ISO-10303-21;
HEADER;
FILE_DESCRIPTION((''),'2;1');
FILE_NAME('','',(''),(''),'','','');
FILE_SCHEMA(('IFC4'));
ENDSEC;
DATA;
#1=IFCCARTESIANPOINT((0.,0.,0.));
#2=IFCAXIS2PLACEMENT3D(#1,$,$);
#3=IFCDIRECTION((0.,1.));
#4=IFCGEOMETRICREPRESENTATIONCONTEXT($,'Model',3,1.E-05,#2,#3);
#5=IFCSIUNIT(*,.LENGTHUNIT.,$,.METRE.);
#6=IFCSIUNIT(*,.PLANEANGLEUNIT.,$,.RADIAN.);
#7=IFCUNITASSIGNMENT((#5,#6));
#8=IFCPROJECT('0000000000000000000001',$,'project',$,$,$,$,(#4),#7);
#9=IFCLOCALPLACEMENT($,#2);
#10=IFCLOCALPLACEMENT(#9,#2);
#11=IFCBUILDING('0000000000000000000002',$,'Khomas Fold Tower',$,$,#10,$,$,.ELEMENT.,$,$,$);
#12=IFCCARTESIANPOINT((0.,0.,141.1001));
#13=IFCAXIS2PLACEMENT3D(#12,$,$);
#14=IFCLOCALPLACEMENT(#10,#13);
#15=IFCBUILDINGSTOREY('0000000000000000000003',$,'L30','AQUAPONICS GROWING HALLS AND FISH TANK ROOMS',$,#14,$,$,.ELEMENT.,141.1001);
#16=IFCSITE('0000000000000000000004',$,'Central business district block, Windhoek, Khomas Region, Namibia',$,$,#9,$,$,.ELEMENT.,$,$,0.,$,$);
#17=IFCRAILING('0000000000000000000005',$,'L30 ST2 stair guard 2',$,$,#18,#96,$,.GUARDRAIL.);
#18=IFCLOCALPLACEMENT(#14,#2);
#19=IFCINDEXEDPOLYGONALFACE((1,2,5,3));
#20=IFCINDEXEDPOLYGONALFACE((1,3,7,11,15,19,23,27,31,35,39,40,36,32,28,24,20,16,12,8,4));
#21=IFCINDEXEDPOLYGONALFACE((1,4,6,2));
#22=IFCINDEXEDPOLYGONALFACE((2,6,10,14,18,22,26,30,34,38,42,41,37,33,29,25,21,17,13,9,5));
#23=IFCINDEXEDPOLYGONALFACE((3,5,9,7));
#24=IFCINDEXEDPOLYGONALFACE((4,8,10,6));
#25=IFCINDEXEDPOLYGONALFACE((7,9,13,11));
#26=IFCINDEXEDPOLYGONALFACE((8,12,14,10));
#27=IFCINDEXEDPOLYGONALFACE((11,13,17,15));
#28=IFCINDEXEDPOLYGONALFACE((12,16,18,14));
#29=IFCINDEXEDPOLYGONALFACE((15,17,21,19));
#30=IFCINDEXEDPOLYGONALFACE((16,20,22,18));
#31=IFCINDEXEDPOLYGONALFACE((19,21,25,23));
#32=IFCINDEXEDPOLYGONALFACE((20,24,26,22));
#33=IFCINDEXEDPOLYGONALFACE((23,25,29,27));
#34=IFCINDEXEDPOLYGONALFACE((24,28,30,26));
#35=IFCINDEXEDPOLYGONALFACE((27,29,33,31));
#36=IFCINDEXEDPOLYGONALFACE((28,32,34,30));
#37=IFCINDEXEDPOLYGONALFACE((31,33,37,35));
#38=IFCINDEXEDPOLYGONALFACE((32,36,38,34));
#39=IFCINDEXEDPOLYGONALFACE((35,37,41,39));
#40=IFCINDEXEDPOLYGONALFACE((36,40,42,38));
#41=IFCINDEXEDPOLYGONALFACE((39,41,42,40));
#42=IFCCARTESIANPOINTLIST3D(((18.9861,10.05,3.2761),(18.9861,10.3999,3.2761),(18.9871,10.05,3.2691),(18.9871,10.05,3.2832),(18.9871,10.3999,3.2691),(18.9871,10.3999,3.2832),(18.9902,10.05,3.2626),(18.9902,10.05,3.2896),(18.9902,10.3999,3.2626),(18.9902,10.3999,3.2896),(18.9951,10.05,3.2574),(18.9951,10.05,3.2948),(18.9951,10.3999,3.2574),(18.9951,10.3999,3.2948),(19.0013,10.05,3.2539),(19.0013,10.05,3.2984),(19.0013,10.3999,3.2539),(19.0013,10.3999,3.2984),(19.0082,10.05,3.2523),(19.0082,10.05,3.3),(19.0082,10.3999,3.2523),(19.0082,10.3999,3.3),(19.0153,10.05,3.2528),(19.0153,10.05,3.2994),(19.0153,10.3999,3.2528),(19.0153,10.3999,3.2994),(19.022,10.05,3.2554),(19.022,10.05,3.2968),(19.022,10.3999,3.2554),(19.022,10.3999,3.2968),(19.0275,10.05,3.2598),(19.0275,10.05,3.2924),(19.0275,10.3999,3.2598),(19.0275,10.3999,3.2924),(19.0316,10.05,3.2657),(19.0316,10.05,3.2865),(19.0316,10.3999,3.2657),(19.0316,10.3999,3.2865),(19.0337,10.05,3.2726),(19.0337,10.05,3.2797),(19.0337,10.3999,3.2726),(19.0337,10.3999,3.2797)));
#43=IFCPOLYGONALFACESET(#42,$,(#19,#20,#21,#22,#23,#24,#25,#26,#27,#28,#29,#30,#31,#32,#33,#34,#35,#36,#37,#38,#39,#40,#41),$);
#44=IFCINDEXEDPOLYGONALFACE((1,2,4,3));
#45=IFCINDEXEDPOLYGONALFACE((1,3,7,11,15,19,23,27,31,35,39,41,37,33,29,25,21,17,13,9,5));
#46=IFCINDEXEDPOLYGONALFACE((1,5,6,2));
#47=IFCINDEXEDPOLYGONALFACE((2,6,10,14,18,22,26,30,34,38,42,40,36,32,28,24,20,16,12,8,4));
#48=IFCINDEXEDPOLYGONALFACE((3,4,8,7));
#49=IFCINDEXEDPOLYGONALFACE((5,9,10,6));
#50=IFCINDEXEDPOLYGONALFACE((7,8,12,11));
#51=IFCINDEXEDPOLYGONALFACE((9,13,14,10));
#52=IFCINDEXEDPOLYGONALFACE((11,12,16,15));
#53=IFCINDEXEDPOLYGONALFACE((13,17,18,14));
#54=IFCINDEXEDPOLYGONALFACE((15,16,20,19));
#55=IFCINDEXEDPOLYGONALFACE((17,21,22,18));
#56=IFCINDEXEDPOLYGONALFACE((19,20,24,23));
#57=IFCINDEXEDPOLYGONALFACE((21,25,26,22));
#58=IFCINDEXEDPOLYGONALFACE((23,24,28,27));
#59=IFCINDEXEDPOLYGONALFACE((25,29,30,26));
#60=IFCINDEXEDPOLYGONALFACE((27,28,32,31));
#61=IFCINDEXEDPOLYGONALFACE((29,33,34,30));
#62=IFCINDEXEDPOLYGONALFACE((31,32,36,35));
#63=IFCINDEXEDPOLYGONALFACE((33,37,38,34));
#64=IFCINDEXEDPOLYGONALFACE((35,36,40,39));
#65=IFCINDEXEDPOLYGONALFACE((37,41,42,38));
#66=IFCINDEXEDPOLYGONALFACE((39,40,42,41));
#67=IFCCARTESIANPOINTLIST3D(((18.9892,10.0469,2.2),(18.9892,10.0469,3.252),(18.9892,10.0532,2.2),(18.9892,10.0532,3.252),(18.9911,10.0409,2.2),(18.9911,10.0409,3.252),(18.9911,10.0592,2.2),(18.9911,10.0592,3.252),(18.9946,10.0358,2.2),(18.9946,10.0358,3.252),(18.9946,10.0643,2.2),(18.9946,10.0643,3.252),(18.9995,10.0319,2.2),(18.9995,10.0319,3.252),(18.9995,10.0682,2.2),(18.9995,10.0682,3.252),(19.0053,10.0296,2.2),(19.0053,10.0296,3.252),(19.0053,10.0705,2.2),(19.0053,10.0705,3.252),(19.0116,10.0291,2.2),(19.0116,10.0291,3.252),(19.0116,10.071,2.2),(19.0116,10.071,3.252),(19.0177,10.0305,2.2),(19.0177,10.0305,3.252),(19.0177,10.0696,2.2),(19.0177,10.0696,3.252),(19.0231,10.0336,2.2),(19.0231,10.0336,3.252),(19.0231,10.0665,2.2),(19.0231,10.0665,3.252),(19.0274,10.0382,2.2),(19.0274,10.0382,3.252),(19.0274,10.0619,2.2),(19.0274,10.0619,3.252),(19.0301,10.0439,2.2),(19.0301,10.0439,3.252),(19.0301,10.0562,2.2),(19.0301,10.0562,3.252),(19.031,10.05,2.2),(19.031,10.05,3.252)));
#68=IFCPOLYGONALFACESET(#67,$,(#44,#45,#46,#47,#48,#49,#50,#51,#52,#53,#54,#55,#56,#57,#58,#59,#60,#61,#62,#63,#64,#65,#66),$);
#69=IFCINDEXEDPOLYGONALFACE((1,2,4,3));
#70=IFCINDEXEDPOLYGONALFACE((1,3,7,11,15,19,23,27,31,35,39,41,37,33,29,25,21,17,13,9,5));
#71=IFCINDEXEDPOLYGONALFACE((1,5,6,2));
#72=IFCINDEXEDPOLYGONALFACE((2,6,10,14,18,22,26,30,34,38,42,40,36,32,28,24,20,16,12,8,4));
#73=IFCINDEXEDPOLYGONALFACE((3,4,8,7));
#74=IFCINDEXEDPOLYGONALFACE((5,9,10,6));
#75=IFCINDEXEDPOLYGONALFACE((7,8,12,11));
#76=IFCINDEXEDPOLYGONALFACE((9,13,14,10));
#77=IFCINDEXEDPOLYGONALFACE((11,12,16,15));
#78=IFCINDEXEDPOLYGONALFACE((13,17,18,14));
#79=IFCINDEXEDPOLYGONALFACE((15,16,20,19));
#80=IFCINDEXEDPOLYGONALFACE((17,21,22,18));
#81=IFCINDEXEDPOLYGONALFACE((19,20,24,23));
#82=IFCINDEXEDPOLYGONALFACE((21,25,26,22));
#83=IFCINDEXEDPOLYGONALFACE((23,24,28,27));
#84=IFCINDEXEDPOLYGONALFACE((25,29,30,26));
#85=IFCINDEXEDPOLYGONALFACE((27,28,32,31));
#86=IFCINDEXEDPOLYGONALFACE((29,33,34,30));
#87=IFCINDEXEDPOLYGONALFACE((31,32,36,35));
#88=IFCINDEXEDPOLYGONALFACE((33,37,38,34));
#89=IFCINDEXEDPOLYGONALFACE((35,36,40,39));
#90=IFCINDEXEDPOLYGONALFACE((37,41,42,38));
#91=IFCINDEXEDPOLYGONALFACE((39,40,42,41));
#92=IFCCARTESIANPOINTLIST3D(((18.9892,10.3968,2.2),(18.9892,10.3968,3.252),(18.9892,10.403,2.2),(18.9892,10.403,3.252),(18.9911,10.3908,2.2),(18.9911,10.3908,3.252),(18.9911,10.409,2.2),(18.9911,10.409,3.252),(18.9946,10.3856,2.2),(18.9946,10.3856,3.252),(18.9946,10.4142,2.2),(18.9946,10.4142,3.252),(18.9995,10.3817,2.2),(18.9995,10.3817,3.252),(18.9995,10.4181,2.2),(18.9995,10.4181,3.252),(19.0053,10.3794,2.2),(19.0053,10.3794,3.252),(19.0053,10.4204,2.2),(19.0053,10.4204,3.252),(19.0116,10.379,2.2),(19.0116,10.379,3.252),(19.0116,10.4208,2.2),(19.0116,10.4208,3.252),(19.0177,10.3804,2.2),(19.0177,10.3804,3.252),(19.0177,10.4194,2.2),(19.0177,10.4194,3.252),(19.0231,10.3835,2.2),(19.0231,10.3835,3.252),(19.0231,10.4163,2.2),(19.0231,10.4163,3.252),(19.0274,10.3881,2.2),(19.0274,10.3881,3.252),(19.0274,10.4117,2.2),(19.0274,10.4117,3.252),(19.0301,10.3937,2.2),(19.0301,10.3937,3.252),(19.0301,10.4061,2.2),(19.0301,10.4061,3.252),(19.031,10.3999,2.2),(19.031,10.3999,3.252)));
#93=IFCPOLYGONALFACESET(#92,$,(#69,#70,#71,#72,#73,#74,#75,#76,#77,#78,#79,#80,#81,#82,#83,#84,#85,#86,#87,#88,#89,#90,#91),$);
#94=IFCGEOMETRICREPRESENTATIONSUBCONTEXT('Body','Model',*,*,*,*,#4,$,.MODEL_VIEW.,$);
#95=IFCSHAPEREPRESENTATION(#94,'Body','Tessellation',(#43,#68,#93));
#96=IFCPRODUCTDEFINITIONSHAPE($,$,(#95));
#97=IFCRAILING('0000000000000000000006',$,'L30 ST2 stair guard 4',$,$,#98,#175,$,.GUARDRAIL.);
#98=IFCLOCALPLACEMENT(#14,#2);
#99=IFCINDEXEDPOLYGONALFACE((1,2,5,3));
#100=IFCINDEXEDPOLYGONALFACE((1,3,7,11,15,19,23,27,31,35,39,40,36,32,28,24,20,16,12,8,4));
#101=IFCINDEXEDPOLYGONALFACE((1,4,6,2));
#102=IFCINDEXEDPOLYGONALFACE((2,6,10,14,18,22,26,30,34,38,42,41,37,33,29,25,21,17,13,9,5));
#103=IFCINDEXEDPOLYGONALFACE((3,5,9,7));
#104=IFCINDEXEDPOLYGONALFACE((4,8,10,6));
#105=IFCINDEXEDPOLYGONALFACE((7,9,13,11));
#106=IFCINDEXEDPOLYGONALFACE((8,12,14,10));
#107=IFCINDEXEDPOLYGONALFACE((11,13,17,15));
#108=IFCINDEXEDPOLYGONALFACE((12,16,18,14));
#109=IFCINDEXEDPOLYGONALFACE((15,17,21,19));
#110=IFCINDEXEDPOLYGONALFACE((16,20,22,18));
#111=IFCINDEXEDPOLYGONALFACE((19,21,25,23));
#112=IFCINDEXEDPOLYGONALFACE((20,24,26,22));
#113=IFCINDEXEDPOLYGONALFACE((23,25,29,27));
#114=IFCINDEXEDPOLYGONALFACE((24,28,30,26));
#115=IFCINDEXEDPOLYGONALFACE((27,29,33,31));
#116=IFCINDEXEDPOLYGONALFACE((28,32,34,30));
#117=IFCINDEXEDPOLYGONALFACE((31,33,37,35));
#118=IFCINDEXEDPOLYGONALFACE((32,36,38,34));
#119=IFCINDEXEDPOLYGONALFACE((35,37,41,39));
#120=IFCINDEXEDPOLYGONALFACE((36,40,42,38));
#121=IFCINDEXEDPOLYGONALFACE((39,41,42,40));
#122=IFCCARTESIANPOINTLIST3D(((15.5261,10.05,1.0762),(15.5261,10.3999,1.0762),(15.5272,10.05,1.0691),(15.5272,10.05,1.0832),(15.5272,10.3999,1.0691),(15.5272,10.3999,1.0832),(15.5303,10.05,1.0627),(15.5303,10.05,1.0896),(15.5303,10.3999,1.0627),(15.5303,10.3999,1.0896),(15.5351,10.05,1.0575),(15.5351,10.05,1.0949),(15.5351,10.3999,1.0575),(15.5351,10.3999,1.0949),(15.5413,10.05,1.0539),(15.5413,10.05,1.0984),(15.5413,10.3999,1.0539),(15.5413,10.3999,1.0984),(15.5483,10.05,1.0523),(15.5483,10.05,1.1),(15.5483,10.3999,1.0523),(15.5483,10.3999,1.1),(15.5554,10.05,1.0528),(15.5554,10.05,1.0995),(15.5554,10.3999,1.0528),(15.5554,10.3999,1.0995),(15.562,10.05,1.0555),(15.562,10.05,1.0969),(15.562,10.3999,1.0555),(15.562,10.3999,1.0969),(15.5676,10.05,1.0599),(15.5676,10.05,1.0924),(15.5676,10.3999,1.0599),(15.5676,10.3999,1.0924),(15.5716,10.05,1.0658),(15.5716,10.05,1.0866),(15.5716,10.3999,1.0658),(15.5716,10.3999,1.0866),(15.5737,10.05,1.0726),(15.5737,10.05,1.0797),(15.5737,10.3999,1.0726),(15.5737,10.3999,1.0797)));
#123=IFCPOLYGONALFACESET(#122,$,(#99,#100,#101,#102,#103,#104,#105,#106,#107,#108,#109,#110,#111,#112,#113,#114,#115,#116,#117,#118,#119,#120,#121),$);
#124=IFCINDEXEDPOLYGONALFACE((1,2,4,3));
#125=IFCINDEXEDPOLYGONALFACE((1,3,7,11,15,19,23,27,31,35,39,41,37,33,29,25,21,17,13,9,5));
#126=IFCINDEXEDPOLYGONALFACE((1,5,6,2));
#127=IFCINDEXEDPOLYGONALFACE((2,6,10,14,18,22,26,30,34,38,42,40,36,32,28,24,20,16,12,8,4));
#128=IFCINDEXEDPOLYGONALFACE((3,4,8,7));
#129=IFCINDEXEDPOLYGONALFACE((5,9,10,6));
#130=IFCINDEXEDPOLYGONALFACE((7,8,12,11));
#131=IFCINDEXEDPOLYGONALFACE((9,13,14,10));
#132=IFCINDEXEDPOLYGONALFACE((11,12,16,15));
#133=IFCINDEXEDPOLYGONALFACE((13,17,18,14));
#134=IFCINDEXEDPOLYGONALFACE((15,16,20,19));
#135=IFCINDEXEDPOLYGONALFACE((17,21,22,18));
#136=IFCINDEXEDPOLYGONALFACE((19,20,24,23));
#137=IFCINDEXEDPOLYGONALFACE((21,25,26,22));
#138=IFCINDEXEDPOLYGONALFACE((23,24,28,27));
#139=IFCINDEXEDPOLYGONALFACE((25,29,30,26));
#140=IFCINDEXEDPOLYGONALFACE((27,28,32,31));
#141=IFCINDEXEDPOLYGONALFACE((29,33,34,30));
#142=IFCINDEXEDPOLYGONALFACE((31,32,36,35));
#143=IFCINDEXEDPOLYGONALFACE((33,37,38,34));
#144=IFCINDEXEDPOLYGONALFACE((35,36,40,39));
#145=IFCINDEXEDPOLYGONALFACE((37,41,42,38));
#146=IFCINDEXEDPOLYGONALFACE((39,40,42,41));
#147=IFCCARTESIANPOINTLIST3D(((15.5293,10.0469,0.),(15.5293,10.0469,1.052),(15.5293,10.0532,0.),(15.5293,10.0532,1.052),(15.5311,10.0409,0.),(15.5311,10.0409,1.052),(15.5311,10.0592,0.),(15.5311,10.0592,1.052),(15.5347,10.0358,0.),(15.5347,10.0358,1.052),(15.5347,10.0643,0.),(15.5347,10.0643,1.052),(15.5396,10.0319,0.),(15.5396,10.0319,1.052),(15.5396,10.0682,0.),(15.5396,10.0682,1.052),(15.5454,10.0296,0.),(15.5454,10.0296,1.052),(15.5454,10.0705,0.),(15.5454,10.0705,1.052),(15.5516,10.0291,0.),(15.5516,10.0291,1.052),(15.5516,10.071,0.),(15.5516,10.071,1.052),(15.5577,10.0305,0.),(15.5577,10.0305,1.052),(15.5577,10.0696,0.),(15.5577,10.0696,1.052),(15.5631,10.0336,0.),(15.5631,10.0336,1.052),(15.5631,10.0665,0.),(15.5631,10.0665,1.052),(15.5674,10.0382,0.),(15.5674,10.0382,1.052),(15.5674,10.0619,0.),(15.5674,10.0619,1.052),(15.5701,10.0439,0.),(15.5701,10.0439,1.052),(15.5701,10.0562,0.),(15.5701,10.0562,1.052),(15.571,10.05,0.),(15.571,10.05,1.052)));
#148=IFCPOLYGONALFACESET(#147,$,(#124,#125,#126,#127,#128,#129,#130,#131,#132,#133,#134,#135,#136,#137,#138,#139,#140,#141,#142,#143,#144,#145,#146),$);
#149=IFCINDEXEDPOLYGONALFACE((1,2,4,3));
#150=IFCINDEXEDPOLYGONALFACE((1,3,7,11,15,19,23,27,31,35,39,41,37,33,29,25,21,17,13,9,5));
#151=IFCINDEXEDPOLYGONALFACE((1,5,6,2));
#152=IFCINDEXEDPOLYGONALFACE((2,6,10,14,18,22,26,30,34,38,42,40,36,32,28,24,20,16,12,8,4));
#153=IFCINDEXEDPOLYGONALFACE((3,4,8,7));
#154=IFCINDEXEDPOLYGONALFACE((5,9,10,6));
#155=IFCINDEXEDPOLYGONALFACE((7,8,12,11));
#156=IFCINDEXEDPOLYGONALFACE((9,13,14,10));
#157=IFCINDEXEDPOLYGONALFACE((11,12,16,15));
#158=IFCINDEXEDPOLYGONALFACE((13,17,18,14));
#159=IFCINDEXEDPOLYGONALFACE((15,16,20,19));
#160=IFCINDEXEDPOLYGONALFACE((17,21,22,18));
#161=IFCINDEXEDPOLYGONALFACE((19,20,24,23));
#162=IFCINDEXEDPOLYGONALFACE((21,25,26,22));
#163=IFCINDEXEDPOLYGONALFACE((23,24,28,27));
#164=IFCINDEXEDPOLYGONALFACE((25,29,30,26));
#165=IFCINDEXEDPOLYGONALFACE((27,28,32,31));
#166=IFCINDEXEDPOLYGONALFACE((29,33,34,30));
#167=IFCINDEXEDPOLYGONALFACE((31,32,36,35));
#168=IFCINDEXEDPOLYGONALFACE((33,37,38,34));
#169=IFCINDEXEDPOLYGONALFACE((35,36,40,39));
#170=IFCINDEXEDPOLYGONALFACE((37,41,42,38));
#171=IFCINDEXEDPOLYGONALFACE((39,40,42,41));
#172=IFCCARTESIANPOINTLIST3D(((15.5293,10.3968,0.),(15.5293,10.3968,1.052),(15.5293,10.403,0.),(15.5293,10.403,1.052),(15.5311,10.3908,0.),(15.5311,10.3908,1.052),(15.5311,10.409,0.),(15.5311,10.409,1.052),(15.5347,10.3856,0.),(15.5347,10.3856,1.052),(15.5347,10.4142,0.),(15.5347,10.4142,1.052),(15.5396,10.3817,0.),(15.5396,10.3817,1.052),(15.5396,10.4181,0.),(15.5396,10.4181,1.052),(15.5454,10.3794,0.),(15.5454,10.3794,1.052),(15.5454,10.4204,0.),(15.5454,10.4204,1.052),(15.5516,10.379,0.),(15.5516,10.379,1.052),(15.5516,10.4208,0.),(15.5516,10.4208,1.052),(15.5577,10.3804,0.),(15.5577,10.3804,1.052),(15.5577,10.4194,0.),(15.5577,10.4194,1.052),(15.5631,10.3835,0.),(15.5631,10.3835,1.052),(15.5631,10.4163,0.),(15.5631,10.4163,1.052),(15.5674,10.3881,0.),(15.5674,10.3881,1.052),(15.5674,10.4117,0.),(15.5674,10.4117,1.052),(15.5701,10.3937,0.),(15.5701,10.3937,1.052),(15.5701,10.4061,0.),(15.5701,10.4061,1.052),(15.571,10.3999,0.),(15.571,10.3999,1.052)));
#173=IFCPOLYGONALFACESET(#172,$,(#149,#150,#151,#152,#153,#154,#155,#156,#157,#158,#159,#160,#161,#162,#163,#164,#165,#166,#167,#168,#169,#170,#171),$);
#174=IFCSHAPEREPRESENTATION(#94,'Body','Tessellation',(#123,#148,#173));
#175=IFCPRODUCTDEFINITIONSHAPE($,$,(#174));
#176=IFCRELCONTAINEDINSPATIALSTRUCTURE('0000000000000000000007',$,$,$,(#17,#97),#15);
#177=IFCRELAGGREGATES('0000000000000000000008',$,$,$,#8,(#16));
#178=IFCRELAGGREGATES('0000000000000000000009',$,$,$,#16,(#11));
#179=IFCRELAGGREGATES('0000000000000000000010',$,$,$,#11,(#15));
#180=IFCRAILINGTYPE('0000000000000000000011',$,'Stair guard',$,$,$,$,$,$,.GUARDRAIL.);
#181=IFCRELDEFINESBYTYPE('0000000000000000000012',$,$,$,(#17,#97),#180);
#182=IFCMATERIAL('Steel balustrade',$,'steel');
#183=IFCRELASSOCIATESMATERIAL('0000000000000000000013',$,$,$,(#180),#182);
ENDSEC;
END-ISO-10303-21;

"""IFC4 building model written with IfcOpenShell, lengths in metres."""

from ifc_helpers import new_model, si_unit, direction, frame, origin, origin_2d, place, context, subcontext, project, spatial, circle, extrude, source, transform, mapped, material, type_object, element, save


model = new_model("IFC4")

# Units and contexts
model_context = context("Model", 3, precision=1e-05, world=origin(), true_north=direction((0.0, 1.0)))
body_context = subcontext(model_context, "Body", "Model", "MODEL_VIEW")
ifc_project = project(units=[si_unit("LENGTHUNIT", "METRE"), si_unit("PLANEANGLEUNIT", "RADIAN")], contexts=[model_context])

# Site, building, storey
site_placement = place(None, origin())
site = spatial("IfcSite", under=ifc_project, at=site_placement, Name="Central business district block, Windhoek, Khomas Region, Namibia", CompositionType="ELEMENT", RefElevation=0.0)
building_placement = place(site_placement, origin())
building = spatial("IfcBuilding", under=site, at=building_placement, Name="Khomas Fold Tower", CompositionType="ELEMENT")
storey_placement = place(building_placement, frame((0.0, 0.0, 141.1001)))
storey = spatial("IfcBuildingStorey", under=building, at=storey_placement, Name="L30", Description="AQUAPONICS GROWING HALLS AND FISH TANK ROOMS", CompositionType="ELEMENT", Elevation=141.1001)

# Railings
ifc_material_1 = material(Name="Steel balustrade", Category="steel")
railing_type_1 = type_object("IfcRailingType", Name="Stair guard", PredefinedType="GUARDRAIL", material=ifc_material_1)
shared_shape_1 = source(origin(), body_context, "Body", "SweptSolid", [
    extrude(circle(Radius=0.0239, at=origin_2d()), frame((0.0, 0.0, 1.0762), z_axis=(0.0, 1.0, 0.0), x_axis=(-1.0, 0.0, 0.0)), (0.0, 0.0, 1.0), 0.3499),
    extrude(circle(Radius=0.021, at=origin_2d()), origin(), (0.0, 0.0, 1.0), 1.052),
    extrude(circle(Radius=0.021, at=origin_2d()), frame((0.0, 0.3499, 0.0)), (0.0, 0.0, 1.0), 1.052),
])
for number, where, name in (
    (1, (19.01, 10.05, 2.2), "L30 ST2 stair guard 2"),
    (2, (15.55, 10.05, 0.0), "L30 ST2 stair guard 4"),
):
    element("IfcRailing", number, at=place(storey_placement, frame(where)), inside=storey, type_object=railing_type_1, Name=name, PredefinedType="GUARDRAIL", context=body_context, shape_type="MappedRepresentation", body=[
        mapped(shared_shape_1, transform((0.0, 0.0, 0.0))),
    ])

save(model, "model.ifc")
